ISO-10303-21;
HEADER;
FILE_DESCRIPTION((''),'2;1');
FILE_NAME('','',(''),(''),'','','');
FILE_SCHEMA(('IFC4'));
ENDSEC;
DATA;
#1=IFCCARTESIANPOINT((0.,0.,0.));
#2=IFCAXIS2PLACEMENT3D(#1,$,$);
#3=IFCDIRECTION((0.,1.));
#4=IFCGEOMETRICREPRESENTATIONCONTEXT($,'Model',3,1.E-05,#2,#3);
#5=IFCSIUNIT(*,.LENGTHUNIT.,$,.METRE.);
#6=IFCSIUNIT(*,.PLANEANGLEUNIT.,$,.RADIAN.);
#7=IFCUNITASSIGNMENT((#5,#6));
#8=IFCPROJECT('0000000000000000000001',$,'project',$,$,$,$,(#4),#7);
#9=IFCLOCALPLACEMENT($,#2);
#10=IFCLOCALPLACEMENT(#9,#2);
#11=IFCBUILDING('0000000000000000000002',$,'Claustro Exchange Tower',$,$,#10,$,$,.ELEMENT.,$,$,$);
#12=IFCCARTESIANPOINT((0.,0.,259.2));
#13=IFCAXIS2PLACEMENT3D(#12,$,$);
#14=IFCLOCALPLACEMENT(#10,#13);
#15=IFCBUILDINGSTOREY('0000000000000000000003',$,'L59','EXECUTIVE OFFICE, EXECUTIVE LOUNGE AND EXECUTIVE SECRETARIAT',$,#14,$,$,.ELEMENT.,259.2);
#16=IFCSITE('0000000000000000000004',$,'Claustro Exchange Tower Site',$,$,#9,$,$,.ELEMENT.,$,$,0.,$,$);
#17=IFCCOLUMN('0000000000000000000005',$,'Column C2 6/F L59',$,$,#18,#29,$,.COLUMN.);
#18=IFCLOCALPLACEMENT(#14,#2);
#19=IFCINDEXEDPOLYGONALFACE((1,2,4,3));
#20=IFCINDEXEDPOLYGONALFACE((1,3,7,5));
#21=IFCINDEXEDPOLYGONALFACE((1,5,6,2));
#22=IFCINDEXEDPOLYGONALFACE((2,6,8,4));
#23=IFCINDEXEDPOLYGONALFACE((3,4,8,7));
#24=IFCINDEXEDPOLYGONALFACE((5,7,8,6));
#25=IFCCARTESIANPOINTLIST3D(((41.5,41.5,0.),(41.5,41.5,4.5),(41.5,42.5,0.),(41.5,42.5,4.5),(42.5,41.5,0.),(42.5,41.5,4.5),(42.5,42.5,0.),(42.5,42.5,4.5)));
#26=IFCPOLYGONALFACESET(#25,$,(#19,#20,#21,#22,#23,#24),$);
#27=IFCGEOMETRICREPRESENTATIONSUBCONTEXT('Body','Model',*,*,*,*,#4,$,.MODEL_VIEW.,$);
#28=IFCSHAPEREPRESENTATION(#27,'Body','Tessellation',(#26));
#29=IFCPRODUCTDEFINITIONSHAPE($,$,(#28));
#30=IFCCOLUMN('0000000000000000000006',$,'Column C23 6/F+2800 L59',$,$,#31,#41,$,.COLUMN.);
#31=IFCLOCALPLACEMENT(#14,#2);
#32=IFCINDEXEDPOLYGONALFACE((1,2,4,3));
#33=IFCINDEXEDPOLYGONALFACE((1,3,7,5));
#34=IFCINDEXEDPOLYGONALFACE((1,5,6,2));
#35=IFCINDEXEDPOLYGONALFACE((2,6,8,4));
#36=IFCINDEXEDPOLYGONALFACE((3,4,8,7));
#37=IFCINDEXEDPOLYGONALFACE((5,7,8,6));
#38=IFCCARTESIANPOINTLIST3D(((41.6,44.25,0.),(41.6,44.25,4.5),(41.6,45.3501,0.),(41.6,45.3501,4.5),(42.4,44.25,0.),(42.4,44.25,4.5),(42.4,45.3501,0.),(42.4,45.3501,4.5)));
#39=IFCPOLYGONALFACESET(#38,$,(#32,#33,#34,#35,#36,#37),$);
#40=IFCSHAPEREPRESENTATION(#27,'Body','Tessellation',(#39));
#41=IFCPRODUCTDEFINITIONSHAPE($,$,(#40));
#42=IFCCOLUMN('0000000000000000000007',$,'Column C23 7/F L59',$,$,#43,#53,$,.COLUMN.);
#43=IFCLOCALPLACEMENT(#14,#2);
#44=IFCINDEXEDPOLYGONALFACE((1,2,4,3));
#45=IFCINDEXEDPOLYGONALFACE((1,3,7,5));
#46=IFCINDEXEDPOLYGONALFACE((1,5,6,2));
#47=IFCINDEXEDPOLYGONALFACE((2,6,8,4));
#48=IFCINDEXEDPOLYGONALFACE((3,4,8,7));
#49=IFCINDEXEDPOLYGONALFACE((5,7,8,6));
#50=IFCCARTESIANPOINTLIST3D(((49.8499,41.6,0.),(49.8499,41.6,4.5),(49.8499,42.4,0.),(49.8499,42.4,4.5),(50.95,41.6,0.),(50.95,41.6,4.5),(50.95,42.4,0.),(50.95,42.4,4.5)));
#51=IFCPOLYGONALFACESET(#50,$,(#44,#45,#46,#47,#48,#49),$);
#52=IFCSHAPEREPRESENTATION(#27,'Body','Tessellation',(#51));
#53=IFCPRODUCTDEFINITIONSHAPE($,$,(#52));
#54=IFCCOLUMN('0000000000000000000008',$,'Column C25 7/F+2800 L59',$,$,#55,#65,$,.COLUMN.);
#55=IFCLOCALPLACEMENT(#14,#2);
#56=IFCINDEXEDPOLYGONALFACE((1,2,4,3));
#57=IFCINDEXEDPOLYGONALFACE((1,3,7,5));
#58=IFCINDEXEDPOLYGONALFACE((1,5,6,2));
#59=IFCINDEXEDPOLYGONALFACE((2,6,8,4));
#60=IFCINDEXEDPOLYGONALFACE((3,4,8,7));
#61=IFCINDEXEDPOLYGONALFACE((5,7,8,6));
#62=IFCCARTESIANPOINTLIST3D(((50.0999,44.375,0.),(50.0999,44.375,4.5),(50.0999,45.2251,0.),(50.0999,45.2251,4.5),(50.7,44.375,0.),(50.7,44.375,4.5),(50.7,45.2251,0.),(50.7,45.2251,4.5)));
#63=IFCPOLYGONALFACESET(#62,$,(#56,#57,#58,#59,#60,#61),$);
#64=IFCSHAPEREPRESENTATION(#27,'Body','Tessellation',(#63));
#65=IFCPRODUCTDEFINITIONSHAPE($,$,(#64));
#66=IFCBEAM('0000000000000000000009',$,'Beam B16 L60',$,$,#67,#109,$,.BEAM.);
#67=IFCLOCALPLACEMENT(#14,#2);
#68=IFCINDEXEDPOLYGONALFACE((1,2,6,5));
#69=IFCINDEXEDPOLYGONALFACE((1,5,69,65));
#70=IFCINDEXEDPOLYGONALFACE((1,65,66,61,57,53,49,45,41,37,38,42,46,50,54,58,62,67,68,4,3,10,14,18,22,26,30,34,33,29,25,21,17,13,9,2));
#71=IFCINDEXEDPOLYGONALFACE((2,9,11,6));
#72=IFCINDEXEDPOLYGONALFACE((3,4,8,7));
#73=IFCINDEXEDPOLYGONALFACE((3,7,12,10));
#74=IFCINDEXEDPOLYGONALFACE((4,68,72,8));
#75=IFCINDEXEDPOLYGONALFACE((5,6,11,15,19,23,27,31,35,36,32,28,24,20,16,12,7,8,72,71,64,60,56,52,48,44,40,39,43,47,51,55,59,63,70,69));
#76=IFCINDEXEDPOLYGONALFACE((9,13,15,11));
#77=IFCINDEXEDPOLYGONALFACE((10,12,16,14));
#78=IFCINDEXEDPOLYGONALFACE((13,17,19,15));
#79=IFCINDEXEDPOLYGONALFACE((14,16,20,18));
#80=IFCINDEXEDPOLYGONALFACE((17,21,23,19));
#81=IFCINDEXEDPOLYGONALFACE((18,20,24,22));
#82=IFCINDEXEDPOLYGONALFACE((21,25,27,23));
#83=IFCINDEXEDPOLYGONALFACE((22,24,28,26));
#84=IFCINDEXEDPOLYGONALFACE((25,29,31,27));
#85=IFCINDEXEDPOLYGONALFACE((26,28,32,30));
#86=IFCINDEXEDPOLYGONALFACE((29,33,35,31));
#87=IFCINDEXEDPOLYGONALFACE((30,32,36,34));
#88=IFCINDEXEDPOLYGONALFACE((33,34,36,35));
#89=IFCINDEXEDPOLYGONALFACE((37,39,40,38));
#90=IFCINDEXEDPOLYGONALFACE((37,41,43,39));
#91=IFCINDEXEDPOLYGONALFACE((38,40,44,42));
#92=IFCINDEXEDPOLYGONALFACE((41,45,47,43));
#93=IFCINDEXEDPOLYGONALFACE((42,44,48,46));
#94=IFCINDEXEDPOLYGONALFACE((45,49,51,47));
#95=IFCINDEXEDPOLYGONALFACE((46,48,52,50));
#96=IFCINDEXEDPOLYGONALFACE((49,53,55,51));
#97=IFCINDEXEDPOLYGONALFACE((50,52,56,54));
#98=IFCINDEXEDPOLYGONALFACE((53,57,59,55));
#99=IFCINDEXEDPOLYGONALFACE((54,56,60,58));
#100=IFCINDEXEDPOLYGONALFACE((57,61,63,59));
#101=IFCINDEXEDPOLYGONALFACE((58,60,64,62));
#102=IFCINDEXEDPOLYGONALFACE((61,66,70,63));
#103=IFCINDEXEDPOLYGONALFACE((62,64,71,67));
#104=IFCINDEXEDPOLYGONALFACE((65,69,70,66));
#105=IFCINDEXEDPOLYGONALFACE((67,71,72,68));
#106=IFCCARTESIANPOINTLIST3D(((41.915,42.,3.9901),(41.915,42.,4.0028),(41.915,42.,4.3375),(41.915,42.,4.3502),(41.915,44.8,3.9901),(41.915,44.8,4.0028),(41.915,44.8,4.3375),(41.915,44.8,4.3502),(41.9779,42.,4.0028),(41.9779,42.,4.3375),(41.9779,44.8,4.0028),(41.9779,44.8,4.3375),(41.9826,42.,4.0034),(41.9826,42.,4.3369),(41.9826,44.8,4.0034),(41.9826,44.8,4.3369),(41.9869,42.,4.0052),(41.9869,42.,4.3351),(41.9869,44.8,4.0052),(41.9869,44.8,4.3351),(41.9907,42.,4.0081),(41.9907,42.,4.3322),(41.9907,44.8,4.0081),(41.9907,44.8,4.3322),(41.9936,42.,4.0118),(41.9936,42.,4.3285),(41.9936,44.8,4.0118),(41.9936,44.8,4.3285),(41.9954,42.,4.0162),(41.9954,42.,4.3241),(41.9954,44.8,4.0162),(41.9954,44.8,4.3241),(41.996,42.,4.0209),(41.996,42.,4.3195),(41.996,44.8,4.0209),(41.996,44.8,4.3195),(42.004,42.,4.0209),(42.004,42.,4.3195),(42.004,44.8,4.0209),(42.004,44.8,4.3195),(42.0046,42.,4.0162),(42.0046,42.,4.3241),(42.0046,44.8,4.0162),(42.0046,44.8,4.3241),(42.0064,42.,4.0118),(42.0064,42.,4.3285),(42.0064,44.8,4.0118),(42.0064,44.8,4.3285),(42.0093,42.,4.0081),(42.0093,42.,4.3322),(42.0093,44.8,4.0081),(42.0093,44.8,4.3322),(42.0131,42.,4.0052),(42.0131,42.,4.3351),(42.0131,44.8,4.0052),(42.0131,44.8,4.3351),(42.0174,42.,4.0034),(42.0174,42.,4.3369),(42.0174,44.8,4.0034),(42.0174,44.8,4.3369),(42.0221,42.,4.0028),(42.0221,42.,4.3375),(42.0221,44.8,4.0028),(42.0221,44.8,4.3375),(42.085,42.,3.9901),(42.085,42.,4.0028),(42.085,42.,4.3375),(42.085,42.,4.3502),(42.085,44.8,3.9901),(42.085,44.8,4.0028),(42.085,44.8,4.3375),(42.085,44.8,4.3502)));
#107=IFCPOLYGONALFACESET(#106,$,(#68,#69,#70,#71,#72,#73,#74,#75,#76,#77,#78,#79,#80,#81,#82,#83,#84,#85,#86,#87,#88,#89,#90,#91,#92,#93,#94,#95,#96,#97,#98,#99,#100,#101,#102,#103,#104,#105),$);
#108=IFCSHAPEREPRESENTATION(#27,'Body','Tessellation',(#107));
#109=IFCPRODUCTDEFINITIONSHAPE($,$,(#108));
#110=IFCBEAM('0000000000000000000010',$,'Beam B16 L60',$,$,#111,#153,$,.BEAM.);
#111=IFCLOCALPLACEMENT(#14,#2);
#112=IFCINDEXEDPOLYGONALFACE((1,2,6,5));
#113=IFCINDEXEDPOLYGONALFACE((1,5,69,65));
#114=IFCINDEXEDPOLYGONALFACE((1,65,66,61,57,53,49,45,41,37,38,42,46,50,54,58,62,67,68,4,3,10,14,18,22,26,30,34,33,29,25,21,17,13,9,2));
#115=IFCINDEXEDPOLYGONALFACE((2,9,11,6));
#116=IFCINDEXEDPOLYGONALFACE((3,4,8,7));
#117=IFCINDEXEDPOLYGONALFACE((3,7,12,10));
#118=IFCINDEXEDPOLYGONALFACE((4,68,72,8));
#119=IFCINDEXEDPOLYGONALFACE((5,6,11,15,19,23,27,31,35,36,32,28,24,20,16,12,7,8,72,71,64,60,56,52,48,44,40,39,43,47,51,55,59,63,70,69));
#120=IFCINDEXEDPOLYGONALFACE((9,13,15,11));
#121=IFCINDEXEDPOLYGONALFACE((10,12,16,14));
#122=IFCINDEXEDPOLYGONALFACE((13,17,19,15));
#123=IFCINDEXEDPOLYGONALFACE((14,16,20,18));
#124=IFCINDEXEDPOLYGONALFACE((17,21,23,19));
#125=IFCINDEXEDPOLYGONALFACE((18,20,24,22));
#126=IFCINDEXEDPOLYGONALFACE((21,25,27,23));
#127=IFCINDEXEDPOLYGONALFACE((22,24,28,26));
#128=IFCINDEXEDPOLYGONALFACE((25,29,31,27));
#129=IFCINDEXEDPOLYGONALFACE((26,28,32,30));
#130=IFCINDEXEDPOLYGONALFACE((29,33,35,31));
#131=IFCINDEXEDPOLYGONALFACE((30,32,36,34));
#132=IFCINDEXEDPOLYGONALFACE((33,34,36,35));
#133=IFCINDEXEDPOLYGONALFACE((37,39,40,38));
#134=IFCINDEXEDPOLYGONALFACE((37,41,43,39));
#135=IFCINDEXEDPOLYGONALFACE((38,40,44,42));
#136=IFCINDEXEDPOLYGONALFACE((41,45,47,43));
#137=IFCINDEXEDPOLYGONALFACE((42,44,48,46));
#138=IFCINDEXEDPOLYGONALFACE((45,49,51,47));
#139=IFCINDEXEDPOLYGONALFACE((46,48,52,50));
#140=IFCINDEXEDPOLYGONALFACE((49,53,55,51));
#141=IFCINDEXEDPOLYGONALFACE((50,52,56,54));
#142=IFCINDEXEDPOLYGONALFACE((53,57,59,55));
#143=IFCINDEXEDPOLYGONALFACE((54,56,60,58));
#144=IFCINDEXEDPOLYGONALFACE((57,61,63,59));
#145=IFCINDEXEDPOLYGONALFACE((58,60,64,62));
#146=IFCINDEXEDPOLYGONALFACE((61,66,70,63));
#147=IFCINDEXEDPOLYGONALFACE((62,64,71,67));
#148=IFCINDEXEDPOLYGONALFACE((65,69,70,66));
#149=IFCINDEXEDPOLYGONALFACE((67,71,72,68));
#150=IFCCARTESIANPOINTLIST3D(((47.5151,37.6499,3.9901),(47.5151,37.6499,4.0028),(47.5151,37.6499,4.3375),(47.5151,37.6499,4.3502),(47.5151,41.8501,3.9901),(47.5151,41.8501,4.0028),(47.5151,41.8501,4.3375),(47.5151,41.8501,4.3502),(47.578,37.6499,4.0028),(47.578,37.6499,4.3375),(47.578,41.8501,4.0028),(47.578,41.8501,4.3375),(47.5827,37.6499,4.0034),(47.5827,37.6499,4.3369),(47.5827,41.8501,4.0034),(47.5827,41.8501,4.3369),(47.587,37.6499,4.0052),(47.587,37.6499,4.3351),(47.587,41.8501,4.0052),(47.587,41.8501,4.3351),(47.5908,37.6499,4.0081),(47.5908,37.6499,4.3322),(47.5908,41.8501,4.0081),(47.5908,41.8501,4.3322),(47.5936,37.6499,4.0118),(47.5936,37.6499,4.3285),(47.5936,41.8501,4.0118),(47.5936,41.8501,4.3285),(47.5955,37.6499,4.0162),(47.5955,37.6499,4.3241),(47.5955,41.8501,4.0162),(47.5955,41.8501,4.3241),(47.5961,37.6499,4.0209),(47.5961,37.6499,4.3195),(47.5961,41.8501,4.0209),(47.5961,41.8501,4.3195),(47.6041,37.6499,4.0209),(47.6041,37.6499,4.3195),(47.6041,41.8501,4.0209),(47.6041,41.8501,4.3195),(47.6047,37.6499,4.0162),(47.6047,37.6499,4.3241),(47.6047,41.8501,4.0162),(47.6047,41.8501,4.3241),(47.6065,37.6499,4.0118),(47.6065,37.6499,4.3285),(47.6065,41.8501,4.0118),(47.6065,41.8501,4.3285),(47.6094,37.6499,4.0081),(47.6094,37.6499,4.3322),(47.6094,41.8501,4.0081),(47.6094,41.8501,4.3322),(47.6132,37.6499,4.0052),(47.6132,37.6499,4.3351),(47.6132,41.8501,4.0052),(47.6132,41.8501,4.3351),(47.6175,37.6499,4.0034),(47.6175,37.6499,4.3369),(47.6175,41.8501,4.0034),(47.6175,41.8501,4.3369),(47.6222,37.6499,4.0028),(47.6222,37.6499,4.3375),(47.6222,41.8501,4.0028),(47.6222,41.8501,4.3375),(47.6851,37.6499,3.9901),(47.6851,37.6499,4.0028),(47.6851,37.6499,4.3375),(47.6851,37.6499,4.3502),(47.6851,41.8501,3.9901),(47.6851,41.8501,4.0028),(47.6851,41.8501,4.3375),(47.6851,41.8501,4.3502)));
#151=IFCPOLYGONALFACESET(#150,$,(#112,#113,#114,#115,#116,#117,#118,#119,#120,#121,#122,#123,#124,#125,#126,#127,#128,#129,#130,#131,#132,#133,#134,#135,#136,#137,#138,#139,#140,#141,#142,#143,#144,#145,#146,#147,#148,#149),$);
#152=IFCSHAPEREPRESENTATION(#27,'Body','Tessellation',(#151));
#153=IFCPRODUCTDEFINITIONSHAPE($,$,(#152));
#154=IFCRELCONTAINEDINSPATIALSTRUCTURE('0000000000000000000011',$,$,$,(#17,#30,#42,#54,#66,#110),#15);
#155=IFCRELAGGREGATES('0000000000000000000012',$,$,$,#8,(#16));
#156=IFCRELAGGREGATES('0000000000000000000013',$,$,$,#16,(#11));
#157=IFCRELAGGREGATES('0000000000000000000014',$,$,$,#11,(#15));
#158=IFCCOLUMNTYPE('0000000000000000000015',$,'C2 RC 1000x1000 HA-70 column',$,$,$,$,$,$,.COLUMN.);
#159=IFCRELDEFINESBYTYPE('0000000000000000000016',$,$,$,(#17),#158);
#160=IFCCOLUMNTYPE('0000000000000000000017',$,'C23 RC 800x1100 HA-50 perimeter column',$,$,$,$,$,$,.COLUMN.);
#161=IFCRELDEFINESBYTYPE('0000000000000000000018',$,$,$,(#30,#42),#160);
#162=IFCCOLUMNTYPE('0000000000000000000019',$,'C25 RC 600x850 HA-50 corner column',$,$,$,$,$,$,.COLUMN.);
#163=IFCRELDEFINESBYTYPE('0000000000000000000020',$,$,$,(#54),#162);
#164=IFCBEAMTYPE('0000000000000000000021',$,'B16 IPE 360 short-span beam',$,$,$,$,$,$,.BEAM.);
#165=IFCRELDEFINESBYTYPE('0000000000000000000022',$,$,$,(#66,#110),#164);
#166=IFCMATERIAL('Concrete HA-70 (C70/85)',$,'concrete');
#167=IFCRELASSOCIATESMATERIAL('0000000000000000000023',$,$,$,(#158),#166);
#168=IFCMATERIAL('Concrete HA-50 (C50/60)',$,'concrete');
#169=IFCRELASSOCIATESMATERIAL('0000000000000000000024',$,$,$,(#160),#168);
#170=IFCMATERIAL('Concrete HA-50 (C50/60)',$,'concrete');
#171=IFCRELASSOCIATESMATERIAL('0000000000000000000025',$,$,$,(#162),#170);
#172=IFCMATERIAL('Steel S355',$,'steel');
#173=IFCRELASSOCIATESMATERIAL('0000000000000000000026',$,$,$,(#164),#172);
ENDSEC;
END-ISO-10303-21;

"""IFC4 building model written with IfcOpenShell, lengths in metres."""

from ifc_helpers import new_model, si_unit, direction, frame, origin, origin_2d, place, context, subcontext, project, spatial, rectangle, i_section, extrude, material, material_profile, profile_set, type_object, element, save


model = new_model("IFC4")

# Units and contexts
model_context = context("Model", 3, precision=1e-05, world=origin(), true_north=direction((0.0, 1.0)))
body_context = subcontext(model_context, "Body", "Model", "MODEL_VIEW")
ifc_project = project(units=[si_unit("LENGTHUNIT", "METRE"), si_unit("PLANEANGLEUNIT", "RADIAN")], contexts=[model_context])

# Site, building, storey
site_placement = place(None, origin())
site = spatial("IfcSite", under=ifc_project, at=site_placement, Name="Claustro Exchange Tower Site", CompositionType="ELEMENT", RefElevation=0.0)
building_placement = place(site_placement, origin())
building = spatial("IfcBuilding", under=site, at=building_placement, Name="Claustro Exchange Tower", CompositionType="ELEMENT")
storey_placement = place(building_placement, frame((0.0, 0.0, 259.2)))
storey = spatial("IfcBuildingStorey", under=building, at=storey_placement, Name="L59", Description="EXECUTIVE OFFICE, EXECUTIVE LOUNGE AND EXECUTIVE SECRETARIAT", CompositionType="ELEMENT", Elevation=259.2)

# Columns
ifc_material_1 = material(Name="Concrete HA-70 (C70/85)", Category="concrete")
ifc_material_profile_1 = material_profile(ifc_material_1, rectangle(XDim=1.0, YDim=1.0, at=origin_2d()), Name="RC 1000x1000")
ifc_profile_set_1 = profile_set([ifc_material_profile_1], Name="Concrete HA-70 (C70/85)")
column_type_1 = type_object("IfcColumnType", Name="C2 RC 1000x1000 HA-70 column", PredefinedType="COLUMN", material=ifc_profile_set_1)
column_1_placement = place(storey_placement, frame((42.0, 42.0, 0.0), z_axis=(0.0, 0.0, 1.0), x_axis=(1.0, 0.0, 0.0)))
element("IfcColumn", 1, at=column_1_placement, inside=storey, type_object=column_type_1, Name="Column C2 6/F L59", PredefinedType="COLUMN", context=body_context, shape_type="SweptSolid", body=[
    extrude(rectangle(XDim=1.0, YDim=1.0, at=origin_2d()), origin(), (0.0, 0.0, 1.0), 4.5),
])
ifc_material_2 = material(Name="Concrete HA-50 (C50/60)", Category="concrete")
ifc_material_profile_2 = material_profile(ifc_material_2, rectangle(XDim=0.8, YDim=1.1001, at=origin_2d()), Name="RC 800x1100")
ifc_profile_set_2 = profile_set([ifc_material_profile_2], Name="Concrete HA-50 (C50/60)")
column_type_2 = type_object("IfcColumnType", Name="C23 RC 800x1100 HA-50 perimeter column", PredefinedType="COLUMN", material=ifc_profile_set_2)
for number, where, z_axis, x_axis, name in (
    (2, (42.0, 44.8, 0.0), (0.0, 0.0, 1.0), (1.0, 0.0, 0.0), "Column C23 6/F+2800 L59"),
    (3, (50.3999, 42.0, 0.0), (0.0, 0.0, 1.0), (0.0, 1.0, 0.0), "Column C23 7/F L59"),
):
    element("IfcColumn", number, at=place(storey_placement, frame(where, z_axis=z_axis, x_axis=x_axis)), inside=storey, type_object=column_type_2, Name=name, PredefinedType="COLUMN", context=body_context, shape_type="SweptSolid", body=[
        extrude(rectangle(XDim=0.8, YDim=1.1001, at=origin_2d()), origin(), (0.0, 0.0, 1.0), 4.5),
    ])
ifc_material_3 = material(Name="Concrete HA-50 (C50/60)", Category="concrete")
ifc_material_profile_3 = material_profile(ifc_material_3, rectangle(XDim=0.6001, YDim=0.8501, at=origin_2d()), Name="RC 600x850")
ifc_profile_set_3 = profile_set([ifc_material_profile_3], Name="Concrete HA-50 (C50/60)")
column_type_3 = type_object("IfcColumnType", Name="C25 RC 600x850 HA-50 corner column", PredefinedType="COLUMN", material=ifc_profile_set_3)
column_2_placement = place(storey_placement, frame((50.3999, 44.8, 0.0), z_axis=(0.0, 0.0, 1.0), x_axis=(1.0, 0.0, 0.0)))
element("IfcColumn", 4, at=column_2_placement, inside=storey, type_object=column_type_3, Name="Column C25 7/F+2800 L59", PredefinedType="COLUMN", context=body_context, shape_type="SweptSolid", body=[
    extrude(rectangle(XDim=0.6001, YDim=0.8501, at=origin_2d()), origin(), (0.0, 0.0, 1.0), 4.5),
])

# Beams
ifc_material_4 = material(Name="Steel S355", Category="steel")
ifc_material_profile_4 = material_profile(ifc_material_4, i_section(OverallWidth=0.1699, OverallDepth=0.3601, WebThickness=0.0081, FlangeThickness=0.0127, FilletRadius=0.0181, at=origin_2d()), Name="IPE 360")
ifc_profile_set_4 = profile_set([ifc_material_profile_4], Name="Steel S355")
beam_type_1 = type_object("IfcBeamType", Name="B16 IPE 360 short-span beam", PredefinedType="BEAM", material=ifc_profile_set_4)
beam_1_placement = place(storey_placement, frame((42.0, 42.0, 4.1702), z_axis=(0.0, 1.0, 0.0), x_axis=(-1.0, 0.0, 0.0)))
element("IfcBeam", 5, at=beam_1_placement, inside=storey, type_object=beam_type_1, Name="Beam B16 L60", PredefinedType="BEAM", context=body_context, shape_type="SweptSolid", body=[
    extrude(i_section(OverallWidth=0.1699, OverallDepth=0.3601, WebThickness=0.0081, FlangeThickness=0.0127, FilletRadius=0.0181, at=origin_2d()), origin(), (0.0, 0.0, 1.0), 2.8),
])
beam_2_placement = place(storey_placement, frame((47.6001, 37.6499, 4.1702), z_axis=(0.0, 1.0, 0.0), x_axis=(-1.0, 0.0, 0.0)))
element("IfcBeam", 6, at=beam_2_placement, inside=storey, type_object=beam_type_1, Name="Beam B16 L60", PredefinedType="BEAM", context=body_context, shape_type="SweptSolid", body=[
    extrude(i_section(OverallWidth=0.1699, OverallDepth=0.3601, WebThickness=0.0081, FlangeThickness=0.0127, FilletRadius=0.0181, at=origin_2d()), origin(), (0.0, 0.0, 1.0), 4.2002),
])

save(model, "model.ifc")
